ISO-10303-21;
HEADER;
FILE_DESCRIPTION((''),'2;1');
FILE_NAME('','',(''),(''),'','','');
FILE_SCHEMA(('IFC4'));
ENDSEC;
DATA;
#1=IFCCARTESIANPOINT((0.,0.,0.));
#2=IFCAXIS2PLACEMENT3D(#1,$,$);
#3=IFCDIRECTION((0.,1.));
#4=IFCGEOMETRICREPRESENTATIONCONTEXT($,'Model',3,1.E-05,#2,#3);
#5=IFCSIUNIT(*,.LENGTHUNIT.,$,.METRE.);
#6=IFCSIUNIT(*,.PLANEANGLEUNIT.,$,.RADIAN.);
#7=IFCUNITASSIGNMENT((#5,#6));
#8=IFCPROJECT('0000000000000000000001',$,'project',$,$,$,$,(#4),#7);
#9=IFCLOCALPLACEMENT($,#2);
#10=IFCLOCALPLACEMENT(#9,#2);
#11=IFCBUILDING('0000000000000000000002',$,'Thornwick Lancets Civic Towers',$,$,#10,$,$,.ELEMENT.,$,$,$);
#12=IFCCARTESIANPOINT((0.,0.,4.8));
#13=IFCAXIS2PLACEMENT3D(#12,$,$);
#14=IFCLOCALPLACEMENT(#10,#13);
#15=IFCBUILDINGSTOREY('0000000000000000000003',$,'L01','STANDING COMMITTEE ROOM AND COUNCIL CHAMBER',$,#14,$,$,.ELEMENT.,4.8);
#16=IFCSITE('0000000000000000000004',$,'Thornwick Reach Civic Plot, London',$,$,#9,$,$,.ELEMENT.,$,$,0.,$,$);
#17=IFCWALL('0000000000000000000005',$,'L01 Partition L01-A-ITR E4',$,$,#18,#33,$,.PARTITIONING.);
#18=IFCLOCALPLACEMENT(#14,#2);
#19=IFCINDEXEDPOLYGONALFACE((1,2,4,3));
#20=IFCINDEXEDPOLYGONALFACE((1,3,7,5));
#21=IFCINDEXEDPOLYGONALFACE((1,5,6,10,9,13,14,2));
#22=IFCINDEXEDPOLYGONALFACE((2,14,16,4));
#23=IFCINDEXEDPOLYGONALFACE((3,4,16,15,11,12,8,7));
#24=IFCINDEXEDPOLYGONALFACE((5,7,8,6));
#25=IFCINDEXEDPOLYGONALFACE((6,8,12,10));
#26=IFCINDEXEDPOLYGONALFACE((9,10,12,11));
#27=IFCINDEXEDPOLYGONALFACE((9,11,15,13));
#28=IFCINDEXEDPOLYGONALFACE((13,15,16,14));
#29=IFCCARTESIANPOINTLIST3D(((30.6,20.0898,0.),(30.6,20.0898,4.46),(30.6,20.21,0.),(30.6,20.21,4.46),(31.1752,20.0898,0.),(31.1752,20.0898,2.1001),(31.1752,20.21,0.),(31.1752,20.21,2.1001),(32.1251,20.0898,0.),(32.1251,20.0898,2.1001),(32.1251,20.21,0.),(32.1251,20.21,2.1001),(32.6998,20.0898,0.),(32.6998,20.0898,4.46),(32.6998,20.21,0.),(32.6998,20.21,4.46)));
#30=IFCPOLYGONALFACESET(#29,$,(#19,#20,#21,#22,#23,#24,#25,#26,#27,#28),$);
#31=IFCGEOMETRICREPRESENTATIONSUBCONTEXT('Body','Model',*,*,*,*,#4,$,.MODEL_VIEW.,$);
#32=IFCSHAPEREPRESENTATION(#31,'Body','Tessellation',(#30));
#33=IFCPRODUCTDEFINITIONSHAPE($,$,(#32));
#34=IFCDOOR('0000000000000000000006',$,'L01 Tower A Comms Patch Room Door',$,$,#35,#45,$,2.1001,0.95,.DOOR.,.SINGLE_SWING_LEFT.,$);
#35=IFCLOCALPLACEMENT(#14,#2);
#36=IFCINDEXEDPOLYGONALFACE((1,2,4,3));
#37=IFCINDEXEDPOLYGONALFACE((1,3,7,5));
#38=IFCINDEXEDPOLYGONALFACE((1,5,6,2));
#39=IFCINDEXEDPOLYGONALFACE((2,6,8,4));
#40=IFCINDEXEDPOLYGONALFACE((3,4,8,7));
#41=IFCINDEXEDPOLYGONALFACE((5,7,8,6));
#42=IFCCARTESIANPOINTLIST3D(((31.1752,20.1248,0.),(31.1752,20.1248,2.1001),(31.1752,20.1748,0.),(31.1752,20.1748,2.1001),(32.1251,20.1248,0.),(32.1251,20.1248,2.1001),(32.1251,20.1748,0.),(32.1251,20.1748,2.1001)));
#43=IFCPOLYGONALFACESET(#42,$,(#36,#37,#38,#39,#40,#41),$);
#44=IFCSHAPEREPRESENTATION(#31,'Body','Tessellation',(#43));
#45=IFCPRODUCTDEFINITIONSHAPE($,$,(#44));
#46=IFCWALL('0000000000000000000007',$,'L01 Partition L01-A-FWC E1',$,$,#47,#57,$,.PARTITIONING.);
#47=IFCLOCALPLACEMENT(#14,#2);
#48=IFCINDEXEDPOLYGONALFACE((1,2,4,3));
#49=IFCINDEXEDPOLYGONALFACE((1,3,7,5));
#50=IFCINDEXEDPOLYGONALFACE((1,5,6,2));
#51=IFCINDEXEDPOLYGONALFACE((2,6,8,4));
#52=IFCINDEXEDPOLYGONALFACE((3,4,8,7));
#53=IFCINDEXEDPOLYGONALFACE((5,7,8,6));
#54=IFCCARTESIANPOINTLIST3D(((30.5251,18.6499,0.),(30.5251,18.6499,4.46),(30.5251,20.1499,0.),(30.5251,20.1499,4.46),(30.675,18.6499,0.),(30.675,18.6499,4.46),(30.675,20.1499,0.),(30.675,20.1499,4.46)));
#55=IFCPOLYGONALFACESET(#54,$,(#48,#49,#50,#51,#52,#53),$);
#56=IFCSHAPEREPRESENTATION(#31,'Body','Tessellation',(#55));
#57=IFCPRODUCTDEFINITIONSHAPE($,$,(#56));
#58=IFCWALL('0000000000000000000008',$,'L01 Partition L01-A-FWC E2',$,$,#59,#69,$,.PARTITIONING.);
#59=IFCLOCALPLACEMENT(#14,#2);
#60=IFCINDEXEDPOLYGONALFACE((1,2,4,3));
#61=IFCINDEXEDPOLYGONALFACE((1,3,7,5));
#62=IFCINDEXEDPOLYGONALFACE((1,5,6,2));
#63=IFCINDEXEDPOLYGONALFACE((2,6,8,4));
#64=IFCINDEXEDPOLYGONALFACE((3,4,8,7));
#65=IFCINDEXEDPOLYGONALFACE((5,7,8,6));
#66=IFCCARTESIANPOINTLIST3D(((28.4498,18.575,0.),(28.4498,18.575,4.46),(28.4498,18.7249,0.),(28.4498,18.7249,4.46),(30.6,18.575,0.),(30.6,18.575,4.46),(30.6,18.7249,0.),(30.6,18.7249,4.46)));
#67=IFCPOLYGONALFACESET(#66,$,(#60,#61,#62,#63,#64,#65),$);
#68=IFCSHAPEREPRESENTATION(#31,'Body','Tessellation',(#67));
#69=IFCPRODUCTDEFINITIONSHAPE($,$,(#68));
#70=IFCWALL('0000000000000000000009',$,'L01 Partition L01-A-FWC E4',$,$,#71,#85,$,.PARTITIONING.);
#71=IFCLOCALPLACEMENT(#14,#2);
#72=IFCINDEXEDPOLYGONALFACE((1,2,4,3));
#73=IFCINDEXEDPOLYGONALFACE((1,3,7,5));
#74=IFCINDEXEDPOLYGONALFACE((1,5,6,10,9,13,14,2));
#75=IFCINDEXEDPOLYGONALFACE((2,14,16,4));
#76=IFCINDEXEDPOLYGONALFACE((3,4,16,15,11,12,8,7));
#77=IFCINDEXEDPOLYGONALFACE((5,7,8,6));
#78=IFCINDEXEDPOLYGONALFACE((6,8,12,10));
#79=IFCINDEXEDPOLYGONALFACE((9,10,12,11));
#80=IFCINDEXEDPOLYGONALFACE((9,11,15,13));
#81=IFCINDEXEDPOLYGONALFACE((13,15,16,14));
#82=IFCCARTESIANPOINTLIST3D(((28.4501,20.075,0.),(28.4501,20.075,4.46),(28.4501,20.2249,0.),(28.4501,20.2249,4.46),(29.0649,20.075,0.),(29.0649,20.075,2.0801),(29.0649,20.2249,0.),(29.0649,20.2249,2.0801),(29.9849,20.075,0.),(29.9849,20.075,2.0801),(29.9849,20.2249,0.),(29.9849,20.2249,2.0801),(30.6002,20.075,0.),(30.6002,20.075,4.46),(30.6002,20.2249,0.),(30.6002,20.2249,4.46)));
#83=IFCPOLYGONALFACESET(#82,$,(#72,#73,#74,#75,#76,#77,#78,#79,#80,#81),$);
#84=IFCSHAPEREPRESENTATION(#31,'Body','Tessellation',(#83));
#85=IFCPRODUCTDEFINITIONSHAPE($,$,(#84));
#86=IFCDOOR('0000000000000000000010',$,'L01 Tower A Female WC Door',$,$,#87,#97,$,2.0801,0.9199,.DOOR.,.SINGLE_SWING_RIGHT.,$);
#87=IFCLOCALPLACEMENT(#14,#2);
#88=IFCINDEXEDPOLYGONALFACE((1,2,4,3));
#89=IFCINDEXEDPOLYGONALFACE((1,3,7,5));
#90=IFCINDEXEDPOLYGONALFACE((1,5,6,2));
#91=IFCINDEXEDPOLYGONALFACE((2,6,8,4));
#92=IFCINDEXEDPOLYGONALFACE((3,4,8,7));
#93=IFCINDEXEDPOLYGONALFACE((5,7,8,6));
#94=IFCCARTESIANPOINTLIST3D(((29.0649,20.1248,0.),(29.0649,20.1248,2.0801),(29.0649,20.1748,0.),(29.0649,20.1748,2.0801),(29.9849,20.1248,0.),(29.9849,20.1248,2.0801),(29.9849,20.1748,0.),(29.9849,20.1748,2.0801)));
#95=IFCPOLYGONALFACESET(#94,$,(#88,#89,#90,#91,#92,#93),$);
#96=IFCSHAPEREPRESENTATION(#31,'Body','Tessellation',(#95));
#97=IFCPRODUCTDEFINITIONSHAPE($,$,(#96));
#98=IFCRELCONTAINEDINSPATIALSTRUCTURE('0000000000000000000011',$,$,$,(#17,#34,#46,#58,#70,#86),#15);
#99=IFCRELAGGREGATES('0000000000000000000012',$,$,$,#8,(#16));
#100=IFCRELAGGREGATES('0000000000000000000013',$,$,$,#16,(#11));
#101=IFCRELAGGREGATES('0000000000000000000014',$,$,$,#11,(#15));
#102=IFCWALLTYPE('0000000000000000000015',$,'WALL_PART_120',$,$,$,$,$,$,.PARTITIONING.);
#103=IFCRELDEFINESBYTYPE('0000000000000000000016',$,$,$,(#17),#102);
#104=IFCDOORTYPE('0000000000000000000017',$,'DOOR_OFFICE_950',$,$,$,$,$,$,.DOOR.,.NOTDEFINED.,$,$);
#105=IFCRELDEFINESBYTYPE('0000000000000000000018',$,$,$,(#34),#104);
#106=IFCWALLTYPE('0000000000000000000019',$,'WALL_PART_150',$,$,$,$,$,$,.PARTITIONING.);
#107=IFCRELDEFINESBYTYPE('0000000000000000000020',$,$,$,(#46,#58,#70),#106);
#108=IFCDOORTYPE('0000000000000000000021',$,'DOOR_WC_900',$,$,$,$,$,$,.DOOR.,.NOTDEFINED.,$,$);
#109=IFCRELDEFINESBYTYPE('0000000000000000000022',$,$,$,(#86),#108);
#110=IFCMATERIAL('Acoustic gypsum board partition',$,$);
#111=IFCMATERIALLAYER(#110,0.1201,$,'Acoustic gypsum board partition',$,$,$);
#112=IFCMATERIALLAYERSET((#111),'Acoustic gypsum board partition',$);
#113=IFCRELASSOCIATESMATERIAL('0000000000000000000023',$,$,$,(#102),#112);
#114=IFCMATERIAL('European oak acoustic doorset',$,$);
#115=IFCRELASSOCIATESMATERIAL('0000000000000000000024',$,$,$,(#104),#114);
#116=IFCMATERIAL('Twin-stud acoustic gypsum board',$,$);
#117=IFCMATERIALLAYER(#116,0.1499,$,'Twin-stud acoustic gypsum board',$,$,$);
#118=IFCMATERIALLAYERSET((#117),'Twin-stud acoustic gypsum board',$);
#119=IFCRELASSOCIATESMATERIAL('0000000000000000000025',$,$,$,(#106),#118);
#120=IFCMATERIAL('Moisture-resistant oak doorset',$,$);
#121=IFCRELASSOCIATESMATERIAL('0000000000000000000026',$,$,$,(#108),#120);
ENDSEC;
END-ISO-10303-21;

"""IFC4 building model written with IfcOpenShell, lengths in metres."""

from ifc_helpers import new_model, si_unit, direction, frame, frame_2d, origin, place, context, subcontext, project, spatial, rectangle, extrude, material, layer, layer_set, type_object, element, fill, save


model = new_model("IFC4")

# Units and contexts
model_context = context("Model", 3, precision=1e-05, world=origin(), true_north=direction((0.0, 1.0)))
body_context = subcontext(model_context, "Body", "Model", "MODEL_VIEW")
ifc_project = project(units=[si_unit("LENGTHUNIT", "METRE"), si_unit("PLANEANGLEUNIT", "RADIAN")], contexts=[model_context])

# Site, building, storey
site_placement = place(None, origin())
site = spatial("IfcSite", under=ifc_project, at=site_placement, Name="Thornwick Reach Civic Plot, London", CompositionType="ELEMENT", RefElevation=0.0)
building_placement = place(site_placement, origin())
building = spatial("IfcBuilding", under=site, at=building_placement, Name="Thornwick Lancets Civic Towers", CompositionType="ELEMENT")
storey_placement = place(building_placement, frame((0.0, 0.0, 4.8)))
storey = spatial("IfcBuildingStorey", under=building, at=storey_placement, Name="L01", Description="STANDING COMMITTEE ROOM AND COUNCIL CHAMBER", CompositionType="ELEMENT", Elevation=4.8)

# Shared definitions
ifc_material_1 = material(Name="Acoustic gypsum board partition")
ifc_layer_1 = layer(ifc_material_1, 0.1201, Name="Acoustic gypsum board partition")
ifc_layer_set_1 = layer_set([ifc_layer_1], Name="Acoustic gypsum board partition")
wall_type_1 = type_object("IfcWallType", Name="WALL_PART_120", PredefinedType="PARTITIONING", material=ifc_layer_set_1)

# Wall, opening, door
wall_1_placement = place(storey_placement, frame((30.6001, 20.1499, 0.0), z_axis=(0.0, 0.0, 1.0), x_axis=(1.0, 0.0, 0.0)))
wall_1 = element("IfcWall", 1, at=wall_1_placement, inside=storey, type_object=wall_type_1, Name="L01 Partition L01-A-ITR E4", PredefinedType="PARTITIONING", context=body_context, shape_type="SweptSolid", body=[
    extrude(rectangle(XDim=2.0999, YDim=0.1201, at=frame_2d((1.0498, 0.0))), origin(), (0.0, 0.0, 1.0), 4.46),
])
opening_1_placement = place(wall_1_placement, frame((0.575, 0.0, 0.0)))
opening_1 = element("IfcOpeningElement", 2, at=opening_1_placement, cuts=wall_1, PredefinedType="OPENING", context=body_context, shape_type="SweptSolid", body=[
    extrude(rectangle(XDim=0.95, YDim=2.1001, at=frame_2d((0.4751, 1.05))), frame((0.0, 0.0701, 0.0), z_axis=(0.0, -1.0, 0.0), x_axis=(1.0, 0.0, 0.0)), (0.0, 0.0, 1.0), 0.1401),
])
ifc_material_2 = material(Name="European oak acoustic doorset")
door_type_1 = type_object("IfcDoorType", Name="DOOR_OFFICE_950", OperationType="NOTDEFINED", PredefinedType="DOOR", material=ifc_material_2)
door_1_placement = place(opening_1_placement, origin())
door_1 = element("IfcDoor", 3, at=door_1_placement, inside=storey, type_object=door_type_1, Name="L01 Tower A Comms Patch Room Door", OperationType="SINGLE_SWING_LEFT", OverallHeight=2.1001, OverallWidth=0.95, PredefinedType="DOOR", context=body_context, shape_type="SweptSolid", body=[
    extrude(rectangle(XDim=0.95, YDim=2.1001, at=frame_2d((0.4751, 1.05))), frame((0.0, 0.0249, 0.0), z_axis=(0.0, -1.0, 0.0), x_axis=(1.0, 0.0, 0.0)), (0.0, 0.0, 1.0), 0.05),
])
fill(opening_1, door_1)

# Walls
ifc_material_3 = material(Name="Twin-stud acoustic gypsum board")
ifc_layer_2 = layer(ifc_material_3, 0.1499, Name="Twin-stud acoustic gypsum board")
ifc_layer_set_2 = layer_set([ifc_layer_2], Name="Twin-stud acoustic gypsum board")
wall_type_2 = type_object("IfcWallType", Name="WALL_PART_150", PredefinedType="PARTITIONING", material=ifc_layer_set_2)
wall_2_placement = place(storey_placement, frame((30.6001, 20.1499, 0.0), z_axis=(0.0, 0.0, 1.0), x_axis=(0.0, -1.0, 0.0)))
element("IfcWall", 4, at=wall_2_placement, inside=storey, type_object=wall_type_2, Name="L01 Partition L01-A-FWC E1", PredefinedType="PARTITIONING", context=body_context, shape_type="SweptSolid", body=[
    extrude(rectangle(XDim=1.5, YDim=0.1499, at=frame_2d((0.75, 0.0))), origin(), (0.0, 0.0, 1.0), 4.46),
])
wall_3_placement = place(storey_placement, frame((30.6001, 18.6499, 0.0), z_axis=(0.0, 0.0, 1.0), x_axis=(-1.0, 0.0, 0.0)))
element("IfcWall", 5, at=wall_3_placement, inside=storey, type_object=wall_type_2, Name="L01 Partition L01-A-FWC E2", PredefinedType="PARTITIONING", context=body_context, shape_type="SweptSolid", body=[
    extrude(rectangle(XDim=2.1501, YDim=0.1499, at=frame_2d((1.0752, 0.0))), origin(), (0.0, 0.0, 1.0), 4.46),
])

# Wall, opening, door
wall_4_placement = place(storey_placement, frame((28.45, 20.1499, 0.0), z_axis=(0.0, 0.0, 1.0), x_axis=(1.0, 0.0, 0.0)))
wall_4 = element("IfcWall", 6, at=wall_4_placement, inside=storey, type_object=wall_type_2, Name="L01 Partition L01-A-FWC E4", PredefinedType="PARTITIONING", context=body_context, shape_type="SweptSolid", body=[
    extrude(rectangle(XDim=2.1501, YDim=0.1499, at=frame_2d((1.0752, 0.0))), origin(), (0.0, 0.0, 1.0), 4.46),
])
opening_2_placement = place(wall_4_placement, frame((0.615, 0.0, 0.0)))
opening_2 = element("IfcOpeningElement", 7, at=opening_2_placement, cuts=wall_4, PredefinedType="OPENING", context=body_context, shape_type="SweptSolid", body=[
    extrude(rectangle(XDim=0.9199, YDim=2.0801, at=frame_2d((0.46, 1.04))), frame((0.0, 0.085, 0.0), z_axis=(0.0, -1.0, 0.0), x_axis=(1.0, 0.0, 0.0)), (0.0, 0.0, 1.0), 0.1699),
])
ifc_material_4 = material(Name="Moisture-resistant oak doorset")
door_type_2 = type_object("IfcDoorType", Name="DOOR_WC_900", OperationType="NOTDEFINED", PredefinedType="DOOR", material=ifc_material_4)
door_2_placement = place(opening_2_placement, origin())
door_2 = element("IfcDoor", 8, at=door_2_placement, inside=storey, type_object=door_type_2, Name="L01 Tower A Female WC Door", OperationType="SINGLE_SWING_RIGHT", OverallHeight=2.0801, OverallWidth=0.9199, PredefinedType="DOOR", context=body_context, shape_type="SweptSolid", body=[
    extrude(rectangle(XDim=0.9199, YDim=2.0801, at=frame_2d((0.46, 1.04))), frame((0.0, 0.0249, 0.0), z_axis=(0.0, -1.0, 0.0), x_axis=(1.0, 0.0, 0.0)), (0.0, 0.0, 1.0), 0.05),
])
fill(opening_2, door_2)

save(model, "model.ifc")
